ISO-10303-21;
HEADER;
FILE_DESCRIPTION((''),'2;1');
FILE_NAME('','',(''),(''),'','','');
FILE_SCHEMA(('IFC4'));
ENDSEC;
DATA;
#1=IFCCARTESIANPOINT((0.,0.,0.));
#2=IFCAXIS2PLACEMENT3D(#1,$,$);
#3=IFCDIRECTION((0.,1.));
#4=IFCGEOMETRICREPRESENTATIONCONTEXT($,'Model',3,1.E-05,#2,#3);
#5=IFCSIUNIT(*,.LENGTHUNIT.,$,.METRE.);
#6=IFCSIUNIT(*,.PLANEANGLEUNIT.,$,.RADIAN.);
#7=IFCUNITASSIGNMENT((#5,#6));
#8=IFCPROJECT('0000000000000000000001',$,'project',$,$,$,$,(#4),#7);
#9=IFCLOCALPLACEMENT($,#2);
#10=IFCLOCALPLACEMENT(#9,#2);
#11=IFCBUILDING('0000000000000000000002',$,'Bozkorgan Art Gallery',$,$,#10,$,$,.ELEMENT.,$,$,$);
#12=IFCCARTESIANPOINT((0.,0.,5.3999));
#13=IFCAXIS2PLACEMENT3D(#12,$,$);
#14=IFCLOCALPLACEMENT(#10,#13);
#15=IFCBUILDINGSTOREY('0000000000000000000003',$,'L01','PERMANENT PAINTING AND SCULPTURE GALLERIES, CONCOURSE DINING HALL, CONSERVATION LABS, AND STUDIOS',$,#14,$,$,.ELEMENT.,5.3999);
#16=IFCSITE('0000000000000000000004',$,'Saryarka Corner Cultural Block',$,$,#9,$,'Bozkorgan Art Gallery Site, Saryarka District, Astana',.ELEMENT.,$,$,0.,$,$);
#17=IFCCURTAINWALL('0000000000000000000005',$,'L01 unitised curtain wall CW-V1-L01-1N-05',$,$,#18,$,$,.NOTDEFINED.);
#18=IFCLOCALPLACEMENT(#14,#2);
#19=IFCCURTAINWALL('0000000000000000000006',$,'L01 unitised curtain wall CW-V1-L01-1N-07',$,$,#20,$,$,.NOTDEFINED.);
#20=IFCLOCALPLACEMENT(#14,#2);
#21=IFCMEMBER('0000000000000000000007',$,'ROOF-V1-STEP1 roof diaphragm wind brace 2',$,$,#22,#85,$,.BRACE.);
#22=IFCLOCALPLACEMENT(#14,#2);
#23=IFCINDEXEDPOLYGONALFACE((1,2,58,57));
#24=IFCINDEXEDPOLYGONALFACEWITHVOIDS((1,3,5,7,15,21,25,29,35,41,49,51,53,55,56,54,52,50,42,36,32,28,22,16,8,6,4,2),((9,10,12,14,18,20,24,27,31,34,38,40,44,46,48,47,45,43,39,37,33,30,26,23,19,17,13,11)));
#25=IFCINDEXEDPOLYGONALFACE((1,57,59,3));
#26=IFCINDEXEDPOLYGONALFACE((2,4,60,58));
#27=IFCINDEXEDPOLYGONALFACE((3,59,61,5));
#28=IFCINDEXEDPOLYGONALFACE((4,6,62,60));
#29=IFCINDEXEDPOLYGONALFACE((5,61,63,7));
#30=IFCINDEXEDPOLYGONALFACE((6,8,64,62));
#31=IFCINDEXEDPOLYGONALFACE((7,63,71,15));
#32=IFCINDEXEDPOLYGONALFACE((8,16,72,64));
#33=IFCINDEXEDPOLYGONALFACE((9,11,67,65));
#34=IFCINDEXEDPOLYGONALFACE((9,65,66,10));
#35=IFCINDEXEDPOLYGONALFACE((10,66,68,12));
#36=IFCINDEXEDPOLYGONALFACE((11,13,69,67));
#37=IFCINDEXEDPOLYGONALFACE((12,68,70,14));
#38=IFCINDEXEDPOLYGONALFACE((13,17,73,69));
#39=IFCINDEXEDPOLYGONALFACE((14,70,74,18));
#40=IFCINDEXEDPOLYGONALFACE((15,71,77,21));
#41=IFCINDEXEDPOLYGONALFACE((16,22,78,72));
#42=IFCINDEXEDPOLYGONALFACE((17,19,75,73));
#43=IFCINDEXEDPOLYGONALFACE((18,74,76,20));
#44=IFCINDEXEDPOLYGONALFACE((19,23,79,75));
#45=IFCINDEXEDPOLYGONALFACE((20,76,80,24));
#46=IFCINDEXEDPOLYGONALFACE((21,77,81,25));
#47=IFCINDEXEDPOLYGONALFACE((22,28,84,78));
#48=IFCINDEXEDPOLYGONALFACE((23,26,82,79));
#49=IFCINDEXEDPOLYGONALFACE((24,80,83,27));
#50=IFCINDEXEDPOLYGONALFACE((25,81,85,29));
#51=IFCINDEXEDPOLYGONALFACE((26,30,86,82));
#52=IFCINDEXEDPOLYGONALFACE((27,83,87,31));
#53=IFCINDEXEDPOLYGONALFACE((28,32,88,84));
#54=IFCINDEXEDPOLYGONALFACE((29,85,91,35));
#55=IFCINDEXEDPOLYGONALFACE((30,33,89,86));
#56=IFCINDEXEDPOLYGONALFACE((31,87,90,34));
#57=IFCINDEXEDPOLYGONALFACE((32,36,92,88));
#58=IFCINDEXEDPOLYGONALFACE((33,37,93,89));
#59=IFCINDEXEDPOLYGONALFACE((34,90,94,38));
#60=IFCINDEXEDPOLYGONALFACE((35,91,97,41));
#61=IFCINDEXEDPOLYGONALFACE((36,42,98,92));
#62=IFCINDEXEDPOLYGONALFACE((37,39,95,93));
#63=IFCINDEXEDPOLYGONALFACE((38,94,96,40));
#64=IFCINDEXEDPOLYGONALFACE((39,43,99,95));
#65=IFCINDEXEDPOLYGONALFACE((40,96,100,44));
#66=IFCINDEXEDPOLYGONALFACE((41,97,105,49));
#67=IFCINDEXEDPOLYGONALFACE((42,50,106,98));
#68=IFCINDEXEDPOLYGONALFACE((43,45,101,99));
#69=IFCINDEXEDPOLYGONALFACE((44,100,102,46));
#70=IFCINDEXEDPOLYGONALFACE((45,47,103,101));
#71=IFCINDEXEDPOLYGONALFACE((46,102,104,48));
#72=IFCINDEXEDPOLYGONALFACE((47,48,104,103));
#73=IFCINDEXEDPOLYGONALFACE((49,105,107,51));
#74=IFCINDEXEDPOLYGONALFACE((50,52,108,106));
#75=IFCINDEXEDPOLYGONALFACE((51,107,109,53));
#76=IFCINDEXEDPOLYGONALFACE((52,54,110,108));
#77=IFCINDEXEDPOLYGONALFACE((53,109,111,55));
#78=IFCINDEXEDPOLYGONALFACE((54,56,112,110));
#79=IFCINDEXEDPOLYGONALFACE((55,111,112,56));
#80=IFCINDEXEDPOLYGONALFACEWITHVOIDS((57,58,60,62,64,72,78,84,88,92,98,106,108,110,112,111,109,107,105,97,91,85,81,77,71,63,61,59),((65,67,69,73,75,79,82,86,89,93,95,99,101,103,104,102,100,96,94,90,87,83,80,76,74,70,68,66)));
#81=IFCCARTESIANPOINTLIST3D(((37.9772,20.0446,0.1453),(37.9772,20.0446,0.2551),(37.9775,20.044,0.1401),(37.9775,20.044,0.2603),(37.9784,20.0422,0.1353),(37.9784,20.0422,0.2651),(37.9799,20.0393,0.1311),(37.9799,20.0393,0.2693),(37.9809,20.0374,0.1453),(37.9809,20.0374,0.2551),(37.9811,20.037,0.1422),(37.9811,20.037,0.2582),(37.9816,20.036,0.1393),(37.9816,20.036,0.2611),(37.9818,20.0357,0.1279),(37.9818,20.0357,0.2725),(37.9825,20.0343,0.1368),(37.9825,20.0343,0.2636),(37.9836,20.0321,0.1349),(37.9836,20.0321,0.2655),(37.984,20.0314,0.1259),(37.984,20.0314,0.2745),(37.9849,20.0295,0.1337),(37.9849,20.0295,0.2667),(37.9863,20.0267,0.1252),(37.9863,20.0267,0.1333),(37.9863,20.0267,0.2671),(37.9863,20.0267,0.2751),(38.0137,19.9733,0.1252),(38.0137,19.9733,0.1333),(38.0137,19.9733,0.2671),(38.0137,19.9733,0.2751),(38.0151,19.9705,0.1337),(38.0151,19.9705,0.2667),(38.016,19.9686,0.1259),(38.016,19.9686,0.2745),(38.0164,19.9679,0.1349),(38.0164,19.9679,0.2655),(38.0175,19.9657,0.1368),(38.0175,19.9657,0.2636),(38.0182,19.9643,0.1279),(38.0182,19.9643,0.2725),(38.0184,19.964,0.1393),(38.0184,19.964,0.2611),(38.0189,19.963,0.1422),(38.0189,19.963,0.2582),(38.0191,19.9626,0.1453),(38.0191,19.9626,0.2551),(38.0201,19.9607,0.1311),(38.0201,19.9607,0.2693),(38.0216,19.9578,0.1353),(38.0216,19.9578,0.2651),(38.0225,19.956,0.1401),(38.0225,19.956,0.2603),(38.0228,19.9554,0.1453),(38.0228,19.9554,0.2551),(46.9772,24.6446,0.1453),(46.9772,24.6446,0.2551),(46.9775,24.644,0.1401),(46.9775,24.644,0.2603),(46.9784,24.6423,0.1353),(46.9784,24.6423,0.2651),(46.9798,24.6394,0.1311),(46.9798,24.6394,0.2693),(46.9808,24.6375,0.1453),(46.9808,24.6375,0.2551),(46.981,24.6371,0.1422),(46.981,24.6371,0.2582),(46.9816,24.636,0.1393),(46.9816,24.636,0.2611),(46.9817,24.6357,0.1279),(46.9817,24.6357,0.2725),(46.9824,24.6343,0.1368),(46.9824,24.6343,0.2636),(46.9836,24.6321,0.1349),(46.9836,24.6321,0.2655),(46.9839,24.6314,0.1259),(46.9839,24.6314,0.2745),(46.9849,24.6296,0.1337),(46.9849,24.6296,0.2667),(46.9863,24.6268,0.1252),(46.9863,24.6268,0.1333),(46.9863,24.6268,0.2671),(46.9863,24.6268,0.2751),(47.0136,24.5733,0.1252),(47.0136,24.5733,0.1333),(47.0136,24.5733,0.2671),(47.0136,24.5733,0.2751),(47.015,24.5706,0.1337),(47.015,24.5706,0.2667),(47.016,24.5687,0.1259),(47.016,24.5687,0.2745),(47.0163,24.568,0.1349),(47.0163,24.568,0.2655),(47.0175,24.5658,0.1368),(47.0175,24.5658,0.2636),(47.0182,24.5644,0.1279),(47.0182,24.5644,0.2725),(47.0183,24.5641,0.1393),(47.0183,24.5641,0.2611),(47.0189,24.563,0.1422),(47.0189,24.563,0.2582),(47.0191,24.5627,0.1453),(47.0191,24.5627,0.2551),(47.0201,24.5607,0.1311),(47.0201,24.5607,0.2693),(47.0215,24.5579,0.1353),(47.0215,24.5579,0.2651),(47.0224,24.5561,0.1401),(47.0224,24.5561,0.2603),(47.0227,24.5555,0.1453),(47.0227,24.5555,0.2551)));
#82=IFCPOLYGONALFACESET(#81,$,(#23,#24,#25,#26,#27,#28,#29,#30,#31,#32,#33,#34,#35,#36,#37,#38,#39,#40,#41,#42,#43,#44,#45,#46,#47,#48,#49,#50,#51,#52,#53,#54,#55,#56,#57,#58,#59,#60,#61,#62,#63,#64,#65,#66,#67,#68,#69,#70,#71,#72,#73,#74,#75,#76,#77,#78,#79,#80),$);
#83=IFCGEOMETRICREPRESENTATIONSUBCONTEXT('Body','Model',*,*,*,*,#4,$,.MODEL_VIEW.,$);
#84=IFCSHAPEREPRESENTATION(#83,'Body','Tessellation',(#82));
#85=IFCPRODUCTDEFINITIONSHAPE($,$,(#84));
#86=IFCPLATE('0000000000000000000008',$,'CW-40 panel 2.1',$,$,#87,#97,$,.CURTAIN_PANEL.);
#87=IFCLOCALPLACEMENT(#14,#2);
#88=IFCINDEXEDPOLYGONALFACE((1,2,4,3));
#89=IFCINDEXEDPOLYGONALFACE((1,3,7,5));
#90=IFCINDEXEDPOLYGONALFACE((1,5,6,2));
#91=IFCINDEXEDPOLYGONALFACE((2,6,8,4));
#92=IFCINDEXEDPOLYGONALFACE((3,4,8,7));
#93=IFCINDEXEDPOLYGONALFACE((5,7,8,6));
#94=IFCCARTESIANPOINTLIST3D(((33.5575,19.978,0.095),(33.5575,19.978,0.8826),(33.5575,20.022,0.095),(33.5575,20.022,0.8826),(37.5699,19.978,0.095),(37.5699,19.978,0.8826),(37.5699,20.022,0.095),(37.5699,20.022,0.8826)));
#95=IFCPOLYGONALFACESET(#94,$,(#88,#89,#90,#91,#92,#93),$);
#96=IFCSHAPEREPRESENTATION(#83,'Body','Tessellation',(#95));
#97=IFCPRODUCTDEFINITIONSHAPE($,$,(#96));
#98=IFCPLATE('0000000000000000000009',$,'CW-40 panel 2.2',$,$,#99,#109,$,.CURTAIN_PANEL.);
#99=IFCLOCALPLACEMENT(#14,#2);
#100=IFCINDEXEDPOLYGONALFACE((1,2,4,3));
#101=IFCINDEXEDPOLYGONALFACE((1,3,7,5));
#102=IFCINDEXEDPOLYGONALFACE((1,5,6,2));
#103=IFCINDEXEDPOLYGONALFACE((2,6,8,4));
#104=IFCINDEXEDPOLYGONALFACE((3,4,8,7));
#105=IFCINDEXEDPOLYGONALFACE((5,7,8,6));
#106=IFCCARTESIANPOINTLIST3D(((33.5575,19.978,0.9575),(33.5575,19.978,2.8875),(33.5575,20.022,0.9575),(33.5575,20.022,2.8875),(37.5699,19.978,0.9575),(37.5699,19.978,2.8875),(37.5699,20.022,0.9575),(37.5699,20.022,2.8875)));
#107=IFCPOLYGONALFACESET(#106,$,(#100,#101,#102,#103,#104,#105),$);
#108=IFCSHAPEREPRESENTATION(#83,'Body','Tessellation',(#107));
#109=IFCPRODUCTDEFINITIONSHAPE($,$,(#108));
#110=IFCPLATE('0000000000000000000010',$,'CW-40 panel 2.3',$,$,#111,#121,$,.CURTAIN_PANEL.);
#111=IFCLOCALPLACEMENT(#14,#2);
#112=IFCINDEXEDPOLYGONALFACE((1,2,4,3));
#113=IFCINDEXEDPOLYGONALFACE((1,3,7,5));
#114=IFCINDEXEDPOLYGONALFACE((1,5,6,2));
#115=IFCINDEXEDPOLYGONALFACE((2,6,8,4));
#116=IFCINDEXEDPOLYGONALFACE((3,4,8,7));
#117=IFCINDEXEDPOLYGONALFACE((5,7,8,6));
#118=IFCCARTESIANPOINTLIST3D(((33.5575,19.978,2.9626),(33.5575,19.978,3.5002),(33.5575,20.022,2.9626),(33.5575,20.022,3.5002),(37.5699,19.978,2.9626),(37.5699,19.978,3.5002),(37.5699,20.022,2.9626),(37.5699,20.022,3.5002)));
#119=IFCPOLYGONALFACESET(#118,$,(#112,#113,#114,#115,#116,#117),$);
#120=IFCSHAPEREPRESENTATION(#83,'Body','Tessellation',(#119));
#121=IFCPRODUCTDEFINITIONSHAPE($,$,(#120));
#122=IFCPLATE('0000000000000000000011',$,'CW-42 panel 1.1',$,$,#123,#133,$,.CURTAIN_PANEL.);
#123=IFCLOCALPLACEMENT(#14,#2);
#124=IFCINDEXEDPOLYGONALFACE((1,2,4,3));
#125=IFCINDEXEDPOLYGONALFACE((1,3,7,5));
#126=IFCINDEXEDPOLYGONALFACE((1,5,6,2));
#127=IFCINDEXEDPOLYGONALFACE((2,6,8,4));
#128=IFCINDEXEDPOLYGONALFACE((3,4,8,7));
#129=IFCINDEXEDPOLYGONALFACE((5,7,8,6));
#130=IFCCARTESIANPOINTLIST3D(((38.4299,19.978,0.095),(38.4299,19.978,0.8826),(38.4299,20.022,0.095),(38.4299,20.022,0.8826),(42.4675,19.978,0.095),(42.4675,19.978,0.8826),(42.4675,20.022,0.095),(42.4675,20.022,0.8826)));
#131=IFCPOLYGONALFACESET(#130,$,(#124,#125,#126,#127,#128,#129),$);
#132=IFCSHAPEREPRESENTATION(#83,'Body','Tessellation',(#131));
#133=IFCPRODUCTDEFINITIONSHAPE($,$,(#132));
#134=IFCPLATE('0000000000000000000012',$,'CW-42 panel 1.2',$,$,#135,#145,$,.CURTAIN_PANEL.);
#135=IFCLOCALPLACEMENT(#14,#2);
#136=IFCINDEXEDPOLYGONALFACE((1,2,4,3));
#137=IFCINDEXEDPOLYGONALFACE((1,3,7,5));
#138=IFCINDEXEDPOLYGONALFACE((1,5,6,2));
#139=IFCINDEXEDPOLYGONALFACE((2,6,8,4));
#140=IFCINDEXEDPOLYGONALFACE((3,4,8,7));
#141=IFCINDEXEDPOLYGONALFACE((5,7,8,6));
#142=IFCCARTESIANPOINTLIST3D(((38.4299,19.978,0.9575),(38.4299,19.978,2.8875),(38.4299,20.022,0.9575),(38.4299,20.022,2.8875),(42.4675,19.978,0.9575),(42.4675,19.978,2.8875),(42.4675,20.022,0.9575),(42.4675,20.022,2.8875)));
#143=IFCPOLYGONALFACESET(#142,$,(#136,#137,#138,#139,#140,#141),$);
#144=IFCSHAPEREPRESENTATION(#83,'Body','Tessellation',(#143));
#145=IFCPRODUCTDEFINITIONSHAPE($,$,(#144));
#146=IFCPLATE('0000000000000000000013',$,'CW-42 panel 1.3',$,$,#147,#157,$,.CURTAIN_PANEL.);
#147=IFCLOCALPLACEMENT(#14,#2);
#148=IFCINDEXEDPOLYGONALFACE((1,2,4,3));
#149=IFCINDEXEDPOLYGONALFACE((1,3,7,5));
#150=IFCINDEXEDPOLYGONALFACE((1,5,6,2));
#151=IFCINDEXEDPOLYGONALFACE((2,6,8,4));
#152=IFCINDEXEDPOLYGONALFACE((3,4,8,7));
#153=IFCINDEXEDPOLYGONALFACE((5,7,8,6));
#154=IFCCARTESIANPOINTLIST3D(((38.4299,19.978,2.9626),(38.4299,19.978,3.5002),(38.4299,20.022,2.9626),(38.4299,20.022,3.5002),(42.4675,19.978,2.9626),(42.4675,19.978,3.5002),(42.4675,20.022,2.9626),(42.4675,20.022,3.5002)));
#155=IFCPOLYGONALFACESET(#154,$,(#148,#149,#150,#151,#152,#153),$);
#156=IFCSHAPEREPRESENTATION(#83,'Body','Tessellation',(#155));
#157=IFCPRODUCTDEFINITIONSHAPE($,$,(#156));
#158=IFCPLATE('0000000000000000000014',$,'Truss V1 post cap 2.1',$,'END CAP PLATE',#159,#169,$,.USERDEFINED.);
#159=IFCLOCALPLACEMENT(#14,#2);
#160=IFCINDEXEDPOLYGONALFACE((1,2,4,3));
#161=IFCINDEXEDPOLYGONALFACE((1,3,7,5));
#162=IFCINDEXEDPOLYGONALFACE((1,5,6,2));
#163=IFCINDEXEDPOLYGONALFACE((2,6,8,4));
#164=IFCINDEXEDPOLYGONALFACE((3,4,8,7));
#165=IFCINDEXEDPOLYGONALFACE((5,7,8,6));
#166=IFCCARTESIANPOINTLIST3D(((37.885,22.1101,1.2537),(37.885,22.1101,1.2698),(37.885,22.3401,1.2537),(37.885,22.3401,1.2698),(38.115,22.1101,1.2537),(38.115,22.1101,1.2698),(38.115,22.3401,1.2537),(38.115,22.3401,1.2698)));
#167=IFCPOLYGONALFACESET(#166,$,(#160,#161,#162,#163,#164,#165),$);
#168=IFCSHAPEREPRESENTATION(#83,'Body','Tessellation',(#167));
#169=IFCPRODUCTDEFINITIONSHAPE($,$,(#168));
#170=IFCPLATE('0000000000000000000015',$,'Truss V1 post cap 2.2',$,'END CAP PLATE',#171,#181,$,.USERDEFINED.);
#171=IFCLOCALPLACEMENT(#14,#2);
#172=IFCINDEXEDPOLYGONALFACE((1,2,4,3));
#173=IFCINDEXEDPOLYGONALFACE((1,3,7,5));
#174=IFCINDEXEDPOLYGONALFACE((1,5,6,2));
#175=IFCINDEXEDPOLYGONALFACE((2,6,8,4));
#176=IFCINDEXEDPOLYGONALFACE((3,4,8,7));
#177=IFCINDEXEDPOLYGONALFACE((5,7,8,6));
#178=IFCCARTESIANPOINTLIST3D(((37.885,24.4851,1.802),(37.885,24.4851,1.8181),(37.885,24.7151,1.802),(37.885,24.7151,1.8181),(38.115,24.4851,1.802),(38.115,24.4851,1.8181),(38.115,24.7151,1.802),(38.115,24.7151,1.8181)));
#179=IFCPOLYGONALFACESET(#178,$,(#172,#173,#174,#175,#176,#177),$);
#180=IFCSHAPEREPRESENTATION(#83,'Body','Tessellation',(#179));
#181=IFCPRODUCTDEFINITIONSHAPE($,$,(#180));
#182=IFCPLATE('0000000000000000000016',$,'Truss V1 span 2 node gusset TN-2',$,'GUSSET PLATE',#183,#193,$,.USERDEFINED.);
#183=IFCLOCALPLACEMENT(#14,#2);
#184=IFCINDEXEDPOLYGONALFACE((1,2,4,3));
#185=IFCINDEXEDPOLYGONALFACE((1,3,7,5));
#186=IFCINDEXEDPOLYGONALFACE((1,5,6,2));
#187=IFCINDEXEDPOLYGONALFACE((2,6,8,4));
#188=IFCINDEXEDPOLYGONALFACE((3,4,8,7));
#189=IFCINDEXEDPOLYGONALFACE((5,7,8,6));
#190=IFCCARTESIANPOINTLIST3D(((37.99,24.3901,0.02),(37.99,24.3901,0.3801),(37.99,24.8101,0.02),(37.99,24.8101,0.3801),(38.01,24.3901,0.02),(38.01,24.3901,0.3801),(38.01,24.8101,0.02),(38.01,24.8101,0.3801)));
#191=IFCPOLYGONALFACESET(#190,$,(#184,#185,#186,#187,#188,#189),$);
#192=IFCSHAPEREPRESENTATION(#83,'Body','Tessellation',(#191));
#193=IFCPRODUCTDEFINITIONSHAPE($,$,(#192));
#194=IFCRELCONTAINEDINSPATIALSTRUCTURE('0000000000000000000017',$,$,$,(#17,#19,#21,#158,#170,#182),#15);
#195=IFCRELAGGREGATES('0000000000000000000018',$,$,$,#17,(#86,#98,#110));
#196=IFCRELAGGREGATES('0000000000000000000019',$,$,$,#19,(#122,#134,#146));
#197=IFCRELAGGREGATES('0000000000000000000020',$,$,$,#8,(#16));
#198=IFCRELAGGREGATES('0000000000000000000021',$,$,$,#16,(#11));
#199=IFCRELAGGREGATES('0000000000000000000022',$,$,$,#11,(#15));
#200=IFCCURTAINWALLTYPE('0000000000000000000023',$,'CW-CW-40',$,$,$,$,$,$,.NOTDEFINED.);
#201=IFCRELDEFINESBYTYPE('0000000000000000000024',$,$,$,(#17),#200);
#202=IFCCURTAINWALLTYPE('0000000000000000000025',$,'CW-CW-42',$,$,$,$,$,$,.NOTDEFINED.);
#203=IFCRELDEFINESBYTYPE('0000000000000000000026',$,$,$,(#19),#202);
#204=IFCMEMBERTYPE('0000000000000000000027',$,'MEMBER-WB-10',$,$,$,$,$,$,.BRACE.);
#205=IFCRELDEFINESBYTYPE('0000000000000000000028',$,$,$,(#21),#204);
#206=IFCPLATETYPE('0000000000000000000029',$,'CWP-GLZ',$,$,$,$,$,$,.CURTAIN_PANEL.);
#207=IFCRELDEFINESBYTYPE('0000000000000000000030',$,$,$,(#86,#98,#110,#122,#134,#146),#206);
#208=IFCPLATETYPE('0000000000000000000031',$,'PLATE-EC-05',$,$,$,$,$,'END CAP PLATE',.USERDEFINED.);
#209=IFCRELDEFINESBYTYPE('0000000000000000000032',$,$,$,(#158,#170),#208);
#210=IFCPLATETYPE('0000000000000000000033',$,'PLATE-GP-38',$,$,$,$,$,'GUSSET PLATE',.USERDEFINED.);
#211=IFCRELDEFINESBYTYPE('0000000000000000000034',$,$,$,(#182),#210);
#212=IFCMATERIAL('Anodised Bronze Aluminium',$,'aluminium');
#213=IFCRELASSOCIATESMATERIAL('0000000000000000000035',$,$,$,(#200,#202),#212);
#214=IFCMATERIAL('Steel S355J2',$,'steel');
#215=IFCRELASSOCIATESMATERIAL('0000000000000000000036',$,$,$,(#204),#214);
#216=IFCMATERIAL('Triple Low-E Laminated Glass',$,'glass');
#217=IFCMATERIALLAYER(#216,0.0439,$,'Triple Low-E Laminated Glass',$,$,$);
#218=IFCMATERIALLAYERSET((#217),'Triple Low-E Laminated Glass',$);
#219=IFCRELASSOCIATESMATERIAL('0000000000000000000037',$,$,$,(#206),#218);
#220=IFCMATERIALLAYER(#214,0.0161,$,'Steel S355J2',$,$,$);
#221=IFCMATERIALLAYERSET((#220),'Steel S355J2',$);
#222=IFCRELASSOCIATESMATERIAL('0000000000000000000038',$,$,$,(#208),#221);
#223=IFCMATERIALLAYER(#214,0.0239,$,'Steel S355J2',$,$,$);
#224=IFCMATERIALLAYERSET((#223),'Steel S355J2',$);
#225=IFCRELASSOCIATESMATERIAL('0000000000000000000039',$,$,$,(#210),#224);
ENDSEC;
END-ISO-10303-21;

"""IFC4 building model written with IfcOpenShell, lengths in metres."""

from ifc_helpers import new_model, si_unit, direction, frame, origin, origin_2d, place, context, subcontext, project, spatial, rectangle, hollow_rectangle, extrude, material, layer, layer_set, material_profile, profile_set, type_object, element, aggregate, save


model = new_model("IFC4")

# Units and contexts
model_context = context("Model", 3, precision=1e-05, world=origin(), true_north=direction((0.0, 1.0)))
body_context = subcontext(model_context, "Body", "Model", "MODEL_VIEW")
ifc_project = project(units=[si_unit("LENGTHUNIT", "METRE"), si_unit("PLANEANGLEUNIT", "RADIAN")], contexts=[model_context])

# Site, building, storey
site_placement = place(None, origin())
site = spatial("IfcSite", under=ifc_project, at=site_placement, Name="Saryarka Corner Cultural Block", LongName="Bozkorgan Art Gallery Site, Saryarka District, Astana", CompositionType="ELEMENT", RefElevation=0.0)
building_placement = place(site_placement, origin())
building = spatial("IfcBuilding", under=site, at=building_placement, Name="Bozkorgan Art Gallery", CompositionType="ELEMENT")
storey_placement = place(building_placement, frame((0.0, 0.0, 5.3999)))
storey = spatial("IfcBuildingStorey", under=building, at=storey_placement, Name="L01", Description="PERMANENT PAINTING AND SCULPTURE GALLERIES, CONCOURSE DINING HALL, CONSERVATION LABS, AND STUDIOS", CompositionType="ELEMENT", Elevation=5.3999)

# Curtain wall
ifc_material_1 = material(Name="Anodised Bronze Aluminium", Category="aluminium")
curtain_wall_type_1 = type_object("IfcCurtainWallType", Name="CW-CW-40", PredefinedType="NOTDEFINED", material=ifc_material_1)
curtain_wall_1_placement = place(storey_placement, origin())
curtain_wall_1 = element("IfcCurtainWall", 1, at=curtain_wall_1_placement, inside=storey, type_object=curtain_wall_type_1, Name="L01 unitised curtain wall CW-V1-L01-1N-05", PredefinedType="NOTDEFINED")

# Curtain wall
curtain_wall_type_2 = type_object("IfcCurtainWallType", Name="CW-CW-42", PredefinedType="NOTDEFINED", material=ifc_material_1)
curtain_wall_2_placement = place(storey_placement, origin())
curtain_wall_2 = element("IfcCurtainWall", 2, at=curtain_wall_2_placement, inside=storey, type_object=curtain_wall_type_2, Name="L01 unitised curtain wall CW-V1-L01-1N-07", PredefinedType="NOTDEFINED")

# Member
ifc_material_2 = material(Name="Steel S355J2", Category="steel")
ifc_material_profile_1 = material_profile(ifc_material_2, hollow_rectangle(XDim=0.1001, YDim=0.1499, WallThickness=0.0081, InnerFilletRadius=0.012, OuterFilletRadius=0.02, at=origin_2d()), Name="RHS 150x100x8")
ifc_profile_set_1 = profile_set([ifc_material_profile_1], Name="Steel S355J2")
member_type_1 = type_object("IfcMemberType", Name="MEMBER-WB-10", PredefinedType="BRACE", material=ifc_profile_set_1)
member_1_placement = place(storey_placement, frame((38.0, 20.0, 0.2002), z_axis=(0.890431, 0.455119, 0.0), x_axis=(-0.455119, 0.890431, 0.0)))
element("IfcMember", 3, at=member_1_placement, inside=storey, type_object=member_type_1, Name="ROOF-V1-STEP1 roof diaphragm wind brace 2", PredefinedType="BRACE", context=body_context, shape_type="SweptSolid", body=[
    extrude(hollow_rectangle(XDim=0.1001, YDim=0.1499, WallThickness=0.0081, InnerFilletRadius=0.012, OuterFilletRadius=0.02, at=origin_2d()), origin(), (0.0, 0.0, 1.0), 10.1074),
])

# Plates
ifc_material_3 = material(Name="Triple Low-E Laminated Glass", Category="glass")
ifc_layer_1 = layer(ifc_material_3, 0.0439, Name="Triple Low-E Laminated Glass")
ifc_layer_set_1 = layer_set([ifc_layer_1], Name="Triple Low-E Laminated Glass")
plate_type_1 = type_object("IfcPlateType", Name="CWP-GLZ", PredefinedType="CURTAIN_PANEL", material=ifc_layer_set_1)
plate_1_placement = place(storey_placement, frame((35.5637, 20.0, 0.095), z_axis=(0.0, 0.0, 1.0), x_axis=(1.0, 0.0, 0.0)))
plate_1 = element("IfcPlate", 4, at=plate_1_placement, type_object=plate_type_1, Name="CW-40 panel 2.1", PredefinedType="CURTAIN_PANEL", context=body_context, shape_type="SweptSolid", body=[
    extrude(rectangle(XDim=4.0125, YDim=0.0439, at=origin_2d()), origin(), (0.0, 0.0, 1.0), 0.7876),
])
plate_2_placement = place(storey_placement, frame((35.5637, 20.0, 0.9575), z_axis=(0.0, 0.0, 1.0), x_axis=(1.0, 0.0, 0.0)))
plate_2 = element("IfcPlate", 5, at=plate_2_placement, type_object=plate_type_1, Name="CW-40 panel 2.2", PredefinedType="CURTAIN_PANEL", context=body_context, shape_type="SweptSolid", body=[
    extrude(rectangle(XDim=4.0125, YDim=0.0439, at=origin_2d()), origin(), (0.0, 0.0, 1.0), 1.9299),
])
plate_3_placement = place(storey_placement, frame((35.5637, 20.0, 2.9626), z_axis=(0.0, 0.0, 1.0), x_axis=(1.0, 0.0, 0.0)))
plate_3 = element("IfcPlate", 6, at=plate_3_placement, type_object=plate_type_1, Name="CW-40 panel 2.3", PredefinedType="CURTAIN_PANEL", context=body_context, shape_type="SweptSolid", body=[
    extrude(rectangle(XDim=4.0125, YDim=0.0439, at=origin_2d()), origin(), (0.0, 0.0, 1.0), 0.5376),
])
aggregate(curtain_wall_1, [plate_1, plate_2, plate_3])
plate_4_placement = place(storey_placement, frame((40.4487, 20.0, 0.095), z_axis=(0.0, 0.0, 1.0), x_axis=(1.0, 0.0, 0.0)))
plate_4 = element("IfcPlate", 7, at=plate_4_placement, type_object=plate_type_1, Name="CW-42 panel 1.1", PredefinedType="CURTAIN_PANEL", context=body_context, shape_type="SweptSolid", body=[
    extrude(rectangle(XDim=4.0376, YDim=0.0439, at=origin_2d()), origin(), (0.0, 0.0, 1.0), 0.7876),
])
plate_5_placement = place(storey_placement, frame((40.4487, 20.0, 0.9575), z_axis=(0.0, 0.0, 1.0), x_axis=(1.0, 0.0, 0.0)))
plate_5 = element("IfcPlate", 8, at=plate_5_placement, type_object=plate_type_1, Name="CW-42 panel 1.2", PredefinedType="CURTAIN_PANEL", context=body_context, shape_type="SweptSolid", body=[
    extrude(rectangle(XDim=4.0376, YDim=0.0439, at=origin_2d()), origin(), (0.0, 0.0, 1.0), 1.9299),
])
plate_6_placement = place(storey_placement, frame((40.4487, 20.0, 2.9626), z_axis=(0.0, 0.0, 1.0), x_axis=(1.0, 0.0, 0.0)))
plate_6 = element("IfcPlate", 9, at=plate_6_placement, type_object=plate_type_1, Name="CW-42 panel 1.3", PredefinedType="CURTAIN_PANEL", context=body_context, shape_type="SweptSolid", body=[
    extrude(rectangle(XDim=4.0376, YDim=0.0439, at=origin_2d()), origin(), (0.0, 0.0, 1.0), 0.5376),
])
aggregate(curtain_wall_2, [plate_4, plate_5, plate_6])

# Plates
ifc_layer_2 = layer(ifc_material_2, 0.0161, Name="Steel S355J2")
ifc_layer_set_2 = layer_set([ifc_layer_2], Name="Steel S355J2")
plate_type_2 = type_object("IfcPlateType", Name="PLATE-EC-05", ElementType="END CAP PLATE", PredefinedType="USERDEFINED", material=ifc_layer_set_2)
for number, where, z_axis, x_axis, name in (
    (10, (38.0, 22.2251, 1.2537), (0.0, 0.0, 1.0), (1.0, 0.0, 0.0), "Truss V1 post cap 2.1"),
    (11, (38.0, 24.6001, 1.802), (0.0, 0.0, 1.0), (1.0, 0.0, 0.0), "Truss V1 post cap 2.2"),
):
    element("IfcPlate", number, at=place(storey_placement, frame(where, z_axis=z_axis, x_axis=x_axis)), inside=storey, type_object=plate_type_2, Name=name, ObjectType="END CAP PLATE", PredefinedType="USERDEFINED", context=body_context, shape_type="SweptSolid", body=[
        extrude(rectangle(XDim=0.23, YDim=0.23, at=origin_2d()), origin(), (0.0, 0.0, 1.0), 0.0161),
    ])
ifc_layer_3 = layer(ifc_material_2, 0.0239, Name="Steel S355J2")
ifc_layer_set_3 = layer_set([ifc_layer_3], Name="Steel S355J2")
plate_type_3 = type_object("IfcPlateType", Name="PLATE-GP-38", ElementType="GUSSET PLATE", PredefinedType="USERDEFINED", material=ifc_layer_set_3)
plate_7_placement = place(storey_placement, frame((38.0, 24.6001, 0.02), z_axis=(0.0, 0.0, 1.0), x_axis=(1.0, 0.0, 0.0)))
element("IfcPlate", 12, at=plate_7_placement, inside=storey, type_object=plate_type_3, Name="Truss V1 span 2 node gusset TN-2", ObjectType="GUSSET PLATE", PredefinedType="USERDEFINED", context=body_context, shape_type="SweptSolid", body=[
    extrude(rectangle(XDim=0.02, YDim=0.4199, at=origin_2d()), origin(), (0.0, 0.0, 1.0), 0.3601),
])

save(model, "model.ifc")
